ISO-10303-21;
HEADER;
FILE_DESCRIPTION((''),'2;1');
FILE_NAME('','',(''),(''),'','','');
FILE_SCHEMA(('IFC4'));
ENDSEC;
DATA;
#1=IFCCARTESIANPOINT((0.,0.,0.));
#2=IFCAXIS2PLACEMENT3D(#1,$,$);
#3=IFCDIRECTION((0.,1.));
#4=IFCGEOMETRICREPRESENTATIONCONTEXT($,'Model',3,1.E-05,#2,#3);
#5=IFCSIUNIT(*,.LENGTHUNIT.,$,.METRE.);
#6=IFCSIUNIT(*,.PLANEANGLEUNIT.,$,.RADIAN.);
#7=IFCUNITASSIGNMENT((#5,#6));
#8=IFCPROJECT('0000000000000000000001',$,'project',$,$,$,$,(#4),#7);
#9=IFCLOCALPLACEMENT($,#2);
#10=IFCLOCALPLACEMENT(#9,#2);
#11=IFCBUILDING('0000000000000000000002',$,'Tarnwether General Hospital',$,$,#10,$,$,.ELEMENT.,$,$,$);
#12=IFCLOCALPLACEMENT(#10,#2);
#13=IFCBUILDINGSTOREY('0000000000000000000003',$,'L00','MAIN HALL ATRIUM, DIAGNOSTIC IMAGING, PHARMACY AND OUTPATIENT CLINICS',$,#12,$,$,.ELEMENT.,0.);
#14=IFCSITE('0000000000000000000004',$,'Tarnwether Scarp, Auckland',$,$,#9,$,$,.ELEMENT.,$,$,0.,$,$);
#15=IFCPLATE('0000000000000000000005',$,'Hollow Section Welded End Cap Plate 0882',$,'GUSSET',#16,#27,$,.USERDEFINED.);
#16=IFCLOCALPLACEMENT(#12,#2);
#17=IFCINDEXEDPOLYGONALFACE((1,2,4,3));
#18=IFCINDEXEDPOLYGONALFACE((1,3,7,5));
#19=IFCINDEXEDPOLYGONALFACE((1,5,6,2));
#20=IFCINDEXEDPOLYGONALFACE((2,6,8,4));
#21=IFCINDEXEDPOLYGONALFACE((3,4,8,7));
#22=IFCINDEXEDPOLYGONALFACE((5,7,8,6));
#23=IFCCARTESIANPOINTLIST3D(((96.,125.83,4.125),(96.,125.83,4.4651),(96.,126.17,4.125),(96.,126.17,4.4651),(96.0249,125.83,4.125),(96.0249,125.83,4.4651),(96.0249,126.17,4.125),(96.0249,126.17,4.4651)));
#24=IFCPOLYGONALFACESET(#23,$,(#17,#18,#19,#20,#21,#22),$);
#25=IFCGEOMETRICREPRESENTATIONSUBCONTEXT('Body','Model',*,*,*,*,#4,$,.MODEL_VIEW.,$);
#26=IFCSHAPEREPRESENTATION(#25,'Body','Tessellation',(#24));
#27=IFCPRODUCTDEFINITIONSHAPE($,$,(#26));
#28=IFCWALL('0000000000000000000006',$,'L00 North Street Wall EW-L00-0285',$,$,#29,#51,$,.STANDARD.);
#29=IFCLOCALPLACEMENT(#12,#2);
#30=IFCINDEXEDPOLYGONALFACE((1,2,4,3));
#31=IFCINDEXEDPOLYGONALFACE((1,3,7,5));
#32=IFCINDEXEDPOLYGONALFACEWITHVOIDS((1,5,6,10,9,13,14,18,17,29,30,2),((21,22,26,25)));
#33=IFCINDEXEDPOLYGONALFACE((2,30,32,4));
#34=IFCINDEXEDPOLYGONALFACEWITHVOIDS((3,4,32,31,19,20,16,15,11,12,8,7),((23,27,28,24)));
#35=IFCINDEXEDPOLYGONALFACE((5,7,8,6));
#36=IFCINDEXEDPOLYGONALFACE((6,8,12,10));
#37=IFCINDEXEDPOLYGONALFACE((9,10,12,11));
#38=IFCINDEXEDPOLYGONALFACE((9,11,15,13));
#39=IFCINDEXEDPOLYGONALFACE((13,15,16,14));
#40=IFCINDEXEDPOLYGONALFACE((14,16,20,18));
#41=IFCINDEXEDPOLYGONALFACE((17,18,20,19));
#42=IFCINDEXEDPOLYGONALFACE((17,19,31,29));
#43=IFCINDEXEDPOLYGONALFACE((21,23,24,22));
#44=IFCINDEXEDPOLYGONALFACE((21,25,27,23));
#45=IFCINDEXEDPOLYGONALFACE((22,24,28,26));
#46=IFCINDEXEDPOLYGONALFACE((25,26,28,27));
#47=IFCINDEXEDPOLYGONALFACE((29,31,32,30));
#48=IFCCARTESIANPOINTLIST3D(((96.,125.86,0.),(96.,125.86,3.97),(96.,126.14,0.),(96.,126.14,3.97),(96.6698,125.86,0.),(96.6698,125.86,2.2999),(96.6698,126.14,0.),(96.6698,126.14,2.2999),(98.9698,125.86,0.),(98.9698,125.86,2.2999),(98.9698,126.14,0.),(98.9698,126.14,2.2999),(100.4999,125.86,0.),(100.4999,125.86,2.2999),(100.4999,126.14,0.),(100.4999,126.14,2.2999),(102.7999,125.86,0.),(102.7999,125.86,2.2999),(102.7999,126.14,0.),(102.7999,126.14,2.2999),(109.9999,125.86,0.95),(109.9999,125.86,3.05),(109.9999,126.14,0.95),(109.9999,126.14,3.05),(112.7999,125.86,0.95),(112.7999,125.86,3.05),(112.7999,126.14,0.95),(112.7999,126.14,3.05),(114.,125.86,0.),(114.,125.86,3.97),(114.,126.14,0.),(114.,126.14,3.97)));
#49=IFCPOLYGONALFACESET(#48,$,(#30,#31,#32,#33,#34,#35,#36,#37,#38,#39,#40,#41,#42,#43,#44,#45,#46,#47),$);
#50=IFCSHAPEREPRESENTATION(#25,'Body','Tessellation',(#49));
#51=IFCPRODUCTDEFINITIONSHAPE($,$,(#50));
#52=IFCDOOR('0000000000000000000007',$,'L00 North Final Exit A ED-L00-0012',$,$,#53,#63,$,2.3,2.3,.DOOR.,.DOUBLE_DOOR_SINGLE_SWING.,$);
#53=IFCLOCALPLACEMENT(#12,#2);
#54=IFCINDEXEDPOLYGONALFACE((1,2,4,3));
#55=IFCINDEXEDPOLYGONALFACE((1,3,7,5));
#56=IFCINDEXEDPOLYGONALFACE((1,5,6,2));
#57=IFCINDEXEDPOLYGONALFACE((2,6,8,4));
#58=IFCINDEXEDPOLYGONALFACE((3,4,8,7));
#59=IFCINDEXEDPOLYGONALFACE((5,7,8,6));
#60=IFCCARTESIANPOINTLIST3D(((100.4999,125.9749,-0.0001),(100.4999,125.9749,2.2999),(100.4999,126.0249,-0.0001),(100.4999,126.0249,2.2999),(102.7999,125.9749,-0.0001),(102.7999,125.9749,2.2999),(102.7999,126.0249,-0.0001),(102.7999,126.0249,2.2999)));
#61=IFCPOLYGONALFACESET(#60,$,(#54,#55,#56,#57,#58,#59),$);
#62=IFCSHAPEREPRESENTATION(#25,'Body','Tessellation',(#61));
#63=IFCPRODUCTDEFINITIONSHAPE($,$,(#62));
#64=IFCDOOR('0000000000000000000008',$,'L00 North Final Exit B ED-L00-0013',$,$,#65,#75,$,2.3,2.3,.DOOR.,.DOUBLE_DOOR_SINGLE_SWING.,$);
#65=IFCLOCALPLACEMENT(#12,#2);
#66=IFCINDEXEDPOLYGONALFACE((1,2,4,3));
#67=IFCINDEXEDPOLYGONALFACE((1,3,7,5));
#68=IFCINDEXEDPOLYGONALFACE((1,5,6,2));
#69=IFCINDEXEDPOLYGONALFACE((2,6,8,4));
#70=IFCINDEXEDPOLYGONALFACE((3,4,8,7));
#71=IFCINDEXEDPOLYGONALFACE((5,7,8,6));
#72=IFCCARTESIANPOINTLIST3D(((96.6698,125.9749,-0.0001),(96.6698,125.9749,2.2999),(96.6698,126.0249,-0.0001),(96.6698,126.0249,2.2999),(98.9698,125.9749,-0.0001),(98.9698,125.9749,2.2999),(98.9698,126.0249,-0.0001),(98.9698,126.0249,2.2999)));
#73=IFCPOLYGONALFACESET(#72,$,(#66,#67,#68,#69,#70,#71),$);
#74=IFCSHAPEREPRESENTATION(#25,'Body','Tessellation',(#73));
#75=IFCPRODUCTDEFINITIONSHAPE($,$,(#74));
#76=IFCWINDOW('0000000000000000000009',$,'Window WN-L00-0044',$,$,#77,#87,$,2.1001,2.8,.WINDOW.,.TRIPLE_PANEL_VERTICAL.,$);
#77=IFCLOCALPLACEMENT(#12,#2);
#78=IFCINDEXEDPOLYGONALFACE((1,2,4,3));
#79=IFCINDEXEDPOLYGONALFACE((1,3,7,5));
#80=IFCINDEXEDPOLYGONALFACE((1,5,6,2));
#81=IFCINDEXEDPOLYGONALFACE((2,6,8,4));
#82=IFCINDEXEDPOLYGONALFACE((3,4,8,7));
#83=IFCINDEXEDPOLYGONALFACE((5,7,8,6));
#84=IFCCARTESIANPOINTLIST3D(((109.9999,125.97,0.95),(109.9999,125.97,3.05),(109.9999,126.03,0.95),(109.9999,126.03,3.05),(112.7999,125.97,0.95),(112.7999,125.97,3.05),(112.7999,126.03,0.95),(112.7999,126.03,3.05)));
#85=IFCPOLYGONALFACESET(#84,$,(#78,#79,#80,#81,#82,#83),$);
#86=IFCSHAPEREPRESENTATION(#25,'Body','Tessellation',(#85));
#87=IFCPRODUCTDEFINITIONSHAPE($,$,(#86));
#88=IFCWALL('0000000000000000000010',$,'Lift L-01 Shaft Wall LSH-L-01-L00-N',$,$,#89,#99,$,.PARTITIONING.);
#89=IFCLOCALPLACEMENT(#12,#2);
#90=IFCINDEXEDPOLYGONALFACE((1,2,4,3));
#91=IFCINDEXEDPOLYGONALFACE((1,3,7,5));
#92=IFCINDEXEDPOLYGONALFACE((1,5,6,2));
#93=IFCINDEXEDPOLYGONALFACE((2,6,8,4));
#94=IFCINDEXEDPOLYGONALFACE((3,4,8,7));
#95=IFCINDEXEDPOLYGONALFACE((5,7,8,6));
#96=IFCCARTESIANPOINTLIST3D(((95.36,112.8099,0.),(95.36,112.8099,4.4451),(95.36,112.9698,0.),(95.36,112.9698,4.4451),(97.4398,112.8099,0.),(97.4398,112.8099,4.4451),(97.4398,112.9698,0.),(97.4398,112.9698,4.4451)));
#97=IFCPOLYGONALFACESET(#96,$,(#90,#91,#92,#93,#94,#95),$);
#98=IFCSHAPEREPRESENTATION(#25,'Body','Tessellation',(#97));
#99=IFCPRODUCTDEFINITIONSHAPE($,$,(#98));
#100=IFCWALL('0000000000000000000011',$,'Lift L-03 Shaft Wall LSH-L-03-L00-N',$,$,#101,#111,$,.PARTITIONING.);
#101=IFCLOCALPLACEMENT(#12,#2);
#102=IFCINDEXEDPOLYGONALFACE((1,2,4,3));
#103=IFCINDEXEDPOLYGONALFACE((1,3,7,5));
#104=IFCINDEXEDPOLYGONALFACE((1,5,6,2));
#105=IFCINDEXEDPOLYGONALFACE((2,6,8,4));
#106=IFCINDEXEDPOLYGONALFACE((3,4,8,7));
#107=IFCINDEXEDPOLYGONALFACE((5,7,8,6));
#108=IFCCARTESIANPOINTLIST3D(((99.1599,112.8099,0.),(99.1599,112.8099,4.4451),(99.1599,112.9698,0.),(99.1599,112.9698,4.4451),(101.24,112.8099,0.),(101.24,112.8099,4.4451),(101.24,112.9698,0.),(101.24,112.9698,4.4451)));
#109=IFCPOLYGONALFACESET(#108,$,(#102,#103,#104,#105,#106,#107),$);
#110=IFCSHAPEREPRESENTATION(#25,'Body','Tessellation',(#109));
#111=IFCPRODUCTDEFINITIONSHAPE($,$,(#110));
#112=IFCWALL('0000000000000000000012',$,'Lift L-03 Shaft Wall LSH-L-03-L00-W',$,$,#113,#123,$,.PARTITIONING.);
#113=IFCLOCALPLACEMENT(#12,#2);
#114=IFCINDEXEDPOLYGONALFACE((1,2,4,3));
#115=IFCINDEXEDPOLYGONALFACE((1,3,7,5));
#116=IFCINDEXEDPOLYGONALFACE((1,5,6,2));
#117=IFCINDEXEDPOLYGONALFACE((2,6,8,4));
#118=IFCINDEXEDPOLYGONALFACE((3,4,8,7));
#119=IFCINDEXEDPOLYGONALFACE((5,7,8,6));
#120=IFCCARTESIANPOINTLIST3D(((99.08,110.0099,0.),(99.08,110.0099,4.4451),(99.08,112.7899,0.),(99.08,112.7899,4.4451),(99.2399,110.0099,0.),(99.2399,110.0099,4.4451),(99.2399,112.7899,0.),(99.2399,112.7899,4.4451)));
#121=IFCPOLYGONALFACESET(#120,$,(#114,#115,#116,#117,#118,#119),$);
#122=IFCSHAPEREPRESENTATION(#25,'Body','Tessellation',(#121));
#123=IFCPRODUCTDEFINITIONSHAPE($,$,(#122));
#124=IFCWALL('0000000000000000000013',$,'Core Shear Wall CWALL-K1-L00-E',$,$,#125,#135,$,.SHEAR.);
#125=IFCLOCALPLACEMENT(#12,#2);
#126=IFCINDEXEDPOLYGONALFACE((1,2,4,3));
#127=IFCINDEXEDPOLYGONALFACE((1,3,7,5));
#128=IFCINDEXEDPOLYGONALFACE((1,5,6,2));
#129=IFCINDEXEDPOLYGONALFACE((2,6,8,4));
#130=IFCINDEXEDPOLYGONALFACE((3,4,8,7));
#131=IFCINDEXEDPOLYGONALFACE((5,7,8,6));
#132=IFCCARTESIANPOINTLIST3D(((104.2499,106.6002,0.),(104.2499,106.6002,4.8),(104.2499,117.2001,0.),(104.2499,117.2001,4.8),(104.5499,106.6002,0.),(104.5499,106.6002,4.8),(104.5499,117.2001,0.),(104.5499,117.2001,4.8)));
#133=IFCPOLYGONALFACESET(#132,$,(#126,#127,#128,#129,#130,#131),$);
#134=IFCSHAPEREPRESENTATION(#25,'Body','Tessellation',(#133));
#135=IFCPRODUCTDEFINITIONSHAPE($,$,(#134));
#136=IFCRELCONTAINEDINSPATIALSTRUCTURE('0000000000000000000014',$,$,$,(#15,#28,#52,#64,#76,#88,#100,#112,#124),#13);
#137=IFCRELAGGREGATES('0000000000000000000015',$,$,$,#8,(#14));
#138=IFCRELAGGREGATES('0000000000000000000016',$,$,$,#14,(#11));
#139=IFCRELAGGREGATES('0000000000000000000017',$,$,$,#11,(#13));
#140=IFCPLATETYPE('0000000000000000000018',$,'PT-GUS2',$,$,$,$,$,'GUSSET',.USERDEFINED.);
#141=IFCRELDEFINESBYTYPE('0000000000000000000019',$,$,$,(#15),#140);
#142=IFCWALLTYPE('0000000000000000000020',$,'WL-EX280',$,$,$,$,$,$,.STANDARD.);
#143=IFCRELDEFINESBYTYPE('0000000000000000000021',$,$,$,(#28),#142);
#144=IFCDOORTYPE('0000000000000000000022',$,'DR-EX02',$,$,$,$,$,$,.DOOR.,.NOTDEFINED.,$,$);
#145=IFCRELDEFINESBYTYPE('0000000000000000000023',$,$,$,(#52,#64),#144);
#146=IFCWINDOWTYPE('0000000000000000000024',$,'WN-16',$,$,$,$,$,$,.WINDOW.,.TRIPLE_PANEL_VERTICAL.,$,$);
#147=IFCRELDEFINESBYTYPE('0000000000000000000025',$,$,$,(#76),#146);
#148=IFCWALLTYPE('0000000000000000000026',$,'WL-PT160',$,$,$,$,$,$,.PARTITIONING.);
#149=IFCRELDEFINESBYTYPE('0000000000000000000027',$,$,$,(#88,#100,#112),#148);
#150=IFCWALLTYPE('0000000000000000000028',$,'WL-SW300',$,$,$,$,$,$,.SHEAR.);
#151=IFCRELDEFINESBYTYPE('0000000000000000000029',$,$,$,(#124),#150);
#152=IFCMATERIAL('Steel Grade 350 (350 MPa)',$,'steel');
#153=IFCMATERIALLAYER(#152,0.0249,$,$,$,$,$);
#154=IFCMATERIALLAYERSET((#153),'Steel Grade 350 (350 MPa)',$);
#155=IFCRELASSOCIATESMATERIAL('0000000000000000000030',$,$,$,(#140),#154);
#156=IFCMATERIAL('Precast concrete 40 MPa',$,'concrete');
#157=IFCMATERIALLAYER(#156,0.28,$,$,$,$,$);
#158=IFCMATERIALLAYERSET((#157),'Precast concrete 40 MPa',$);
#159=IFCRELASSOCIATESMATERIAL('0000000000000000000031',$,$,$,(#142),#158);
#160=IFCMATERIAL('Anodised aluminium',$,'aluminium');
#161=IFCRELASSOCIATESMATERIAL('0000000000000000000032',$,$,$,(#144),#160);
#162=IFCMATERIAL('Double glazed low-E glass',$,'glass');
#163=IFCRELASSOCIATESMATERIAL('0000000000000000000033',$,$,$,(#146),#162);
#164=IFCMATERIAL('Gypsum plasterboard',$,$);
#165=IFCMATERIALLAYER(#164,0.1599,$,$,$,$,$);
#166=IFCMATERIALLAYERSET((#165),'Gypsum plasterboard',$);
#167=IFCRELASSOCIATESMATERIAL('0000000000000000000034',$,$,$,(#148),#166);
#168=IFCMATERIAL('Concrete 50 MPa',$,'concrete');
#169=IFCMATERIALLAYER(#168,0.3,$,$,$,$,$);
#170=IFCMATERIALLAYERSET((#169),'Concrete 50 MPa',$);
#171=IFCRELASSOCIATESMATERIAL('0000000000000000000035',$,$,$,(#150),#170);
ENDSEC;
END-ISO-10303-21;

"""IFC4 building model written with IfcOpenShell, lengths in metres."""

from ifc_helpers import new_model, si_unit, direction, frame, frame_2d, origin, origin_2d, place, context, subcontext, project, spatial, rectangle, extrude, material, layer, layer_set, type_object, element, fill, save


model = new_model("IFC4")

# Units and contexts
model_context = context("Model", 3, precision=1e-05, world=origin(), true_north=direction((0.0, 1.0)))
body_context = subcontext(model_context, "Body", "Model", "MODEL_VIEW")
ifc_project = project(units=[si_unit("LENGTHUNIT", "METRE"), si_unit("PLANEANGLEUNIT", "RADIAN")], contexts=[model_context])

# Site, building, storey
site_placement = place(None, origin())
site = spatial("IfcSite", under=ifc_project, at=site_placement, Name="Tarnwether Scarp, Auckland", CompositionType="ELEMENT", RefElevation=0.0)
building_placement = place(site_placement, origin())
building = spatial("IfcBuilding", under=site, at=building_placement, Name="Tarnwether General Hospital", CompositionType="ELEMENT")
storey_placement = place(building_placement, origin())
storey = spatial("IfcBuildingStorey", under=building, at=storey_placement, Name="L00", Description="MAIN HALL ATRIUM, DIAGNOSTIC IMAGING, PHARMACY AND OUTPATIENT CLINICS", CompositionType="ELEMENT", Elevation=0.0)

# Plate
ifc_material_1 = material(Name="Steel Grade 350 (350 MPa)", Category="steel")
ifc_layer_1 = layer(ifc_material_1, 0.0249)
ifc_layer_set_1 = layer_set([ifc_layer_1], Name="Steel Grade 350 (350 MPa)")
plate_type = type_object("IfcPlateType", Name="PT-GUS2", ElementType="GUSSET", PredefinedType="USERDEFINED", material=ifc_layer_set_1)
plate_placement = place(storey_placement, frame((96.0125, 126.0, 4.125), z_axis=(0.0, 0.0, 1.0), x_axis=(1.0, 0.0, 0.0)))
element("IfcPlate", 1, at=plate_placement, inside=storey, type_object=plate_type, Name="Hollow Section Welded End Cap Plate 0882", ObjectType="GUSSET", PredefinedType="USERDEFINED", context=body_context, shape_type="SweptSolid", body=[
    extrude(rectangle(XDim=0.0249, YDim=0.3401, at=origin_2d()), origin(), (0.0, 0.0, 1.0), 0.3401),
])

# Wall, openings, doors, window
ifc_material_2 = material(Name="Precast concrete 40 MPa", Category="concrete")
ifc_layer_2 = layer(ifc_material_2, 0.28)
ifc_layer_set_2 = layer_set([ifc_layer_2], Name="Precast concrete 40 MPa")
wall_type_1 = type_object("IfcWallType", Name="WL-EX280", PredefinedType="STANDARD", material=ifc_layer_set_2)
wall_1_placement = place(storey_placement, frame((96.0, 126.0, 0.0), z_axis=(0.0, 0.0, 1.0), x_axis=(1.0, 0.0, 0.0)))
wall_1 = element("IfcWall", 2, at=wall_1_placement, inside=storey, type_object=wall_type_1, Name="L00 North Street Wall EW-L00-0285", PredefinedType="STANDARD", context=body_context, shape_type="SweptSolid", body=[
    extrude(rectangle(XDim=18.0, YDim=0.28, at=frame_2d((9.0, 0.0))), origin(), (0.0, 0.0, 1.0), 3.97),
])
opening_1_placement = place(wall_1_placement, frame((4.5, 0.0, 0.0)))
opening_1 = element("IfcOpeningElement", 3, at=opening_1_placement, cuts=wall_1, PredefinedType="OPENING", context=body_context, shape_type="SweptSolid", body=[
    extrude(rectangle(XDim=2.3, YDim=2.3, at=frame_2d((1.1499, 1.1499))), frame((0.0, 0.1499, 0.0), z_axis=(0.0, -1.0, 0.0), x_axis=(1.0, 0.0, 0.0)), (0.0, 0.0, 1.0), 0.3),
])
opening_2_placement = place(wall_1_placement, frame((0.6699, 0.0, 0.0)))
opening_2 = element("IfcOpeningElement", 4, at=opening_2_placement, cuts=wall_1, PredefinedType="OPENING", context=body_context, shape_type="SweptSolid", body=[
    extrude(rectangle(XDim=2.3, YDim=2.3, at=frame_2d((1.1499, 1.1499))), frame((0.0, 0.1499, 0.0), z_axis=(0.0, -1.0, 0.0), x_axis=(1.0, 0.0, 0.0)), (0.0, 0.0, 1.0), 0.3),
])
opening_3_placement = place(wall_1_placement, frame((14.0, 0.0, 0.95)))
opening_3 = element("IfcOpeningElement", 5, at=opening_3_placement, cuts=wall_1, PredefinedType="OPENING", context=body_context, shape_type="SweptSolid", body=[
    extrude(rectangle(XDim=2.8, YDim=2.1001, at=frame_2d((1.3999, 1.05))), frame((0.0, 0.1499, 0.0), z_axis=(0.0, -1.0, 0.0), x_axis=(1.0, 0.0, 0.0)), (0.0, 0.0, 1.0), 0.3),
])
ifc_material_3 = material(Name="Anodised aluminium", Category="aluminium")
door_type = type_object("IfcDoorType", Name="DR-EX02", OperationType="NOTDEFINED", PredefinedType="DOOR", material=ifc_material_3)
door_1_placement = place(opening_1_placement, origin())
door_1 = element("IfcDoor", 6, at=door_1_placement, inside=storey, type_object=door_type, Name="L00 North Final Exit A ED-L00-0012", OperationType="DOUBLE_DOOR_SINGLE_SWING", OverallHeight=2.3, OverallWidth=2.3, PredefinedType="DOOR", context=body_context, shape_type="SweptSolid", body=[
    extrude(rectangle(XDim=2.3, YDim=2.3, at=frame_2d((1.1499, 1.1499))), frame((0.0, 0.0249, 0.0), z_axis=(0.0, -1.0, 0.0), x_axis=(1.0, 0.0, 0.0)), (0.0, 0.0, 1.0), 0.05),
])
fill(opening_1, door_1)
door_2_placement = place(opening_2_placement, origin())
door_2 = element("IfcDoor", 7, at=door_2_placement, inside=storey, type_object=door_type, Name="L00 North Final Exit B ED-L00-0013", OperationType="DOUBLE_DOOR_SINGLE_SWING", OverallHeight=2.3, OverallWidth=2.3, PredefinedType="DOOR", context=body_context, shape_type="SweptSolid", body=[
    extrude(rectangle(XDim=2.3, YDim=2.3, at=frame_2d((1.1499, 1.1499))), frame((0.0, 0.0249, 0.0), z_axis=(0.0, -1.0, 0.0), x_axis=(1.0, 0.0, 0.0)), (0.0, 0.0, 1.0), 0.05),
])
fill(opening_2, door_2)
ifc_material_4 = material(Name="Double glazed low-E glass", Category="glass")
window_type = type_object("IfcWindowType", Name="WN-16", PartitioningType="TRIPLE_PANEL_VERTICAL", PredefinedType="WINDOW", material=ifc_material_4)
window_placement = place(opening_3_placement, origin())
window = element("IfcWindow", 8, at=window_placement, inside=storey, type_object=window_type, Name="Window WN-L00-0044", OverallHeight=2.1001, OverallWidth=2.8, PartitioningType="TRIPLE_PANEL_VERTICAL", PredefinedType="WINDOW", context=body_context, shape_type="SweptSolid", body=[
    extrude(rectangle(XDim=2.8, YDim=2.1001, at=frame_2d((1.3999, 1.05))), frame((0.0, 0.03, 0.0), z_axis=(0.0, -1.0, 0.0), x_axis=(1.0, 0.0, 0.0)), (0.0, 0.0, 1.0), 0.0601),
])
fill(opening_3, window)

# Walls
ifc_material_5 = material(Name="Gypsum plasterboard")
ifc_layer_3 = layer(ifc_material_5, 0.1599)
ifc_layer_set_3 = layer_set([ifc_layer_3], Name="Gypsum plasterboard")
wall_type_2 = type_object("IfcWallType", Name="WL-PT160", PredefinedType="PARTITIONING", material=ifc_layer_set_3)
wall_2_placement = place(storey_placement, frame((97.4399, 112.8899, 0.0), z_axis=(0.0, 0.0, 1.0), x_axis=(-1.0, 0.0, 0.0)))
element("IfcWall", 9, at=wall_2_placement, inside=storey, type_object=wall_type_2, Name="Lift L-01 Shaft Wall LSH-L-01-L00-N", PredefinedType="PARTITIONING", context=body_context, shape_type="SweptSolid", body=[
    extrude(rectangle(XDim=2.0798, YDim=0.1599, at=frame_2d((1.04, 0.0))), origin(), (0.0, 0.0, 1.0), 4.4451),
])
wall_3_placement = place(storey_placement, frame((101.24, 112.8899, 0.0), z_axis=(0.0, 0.0, 1.0), x_axis=(-1.0, 0.0, 0.0)))
element("IfcWall", 10, at=wall_3_placement, inside=storey, type_object=wall_type_2, Name="Lift L-03 Shaft Wall LSH-L-03-L00-N", PredefinedType="PARTITIONING", context=body_context, shape_type="SweptSolid", body=[
    extrude(rectangle(XDim=2.0801, YDim=0.1599, at=frame_2d((1.04, 0.0))), origin(), (0.0, 0.0, 1.0), 4.4451),
])
wall_4_placement = place(storey_placement, frame((99.1599, 112.79, 0.0), z_axis=(0.0, 0.0, 1.0), x_axis=(0.0, -1.0, 0.0)))
element("IfcWall", 11, at=wall_4_placement, inside=storey, type_object=wall_type_2, Name="Lift L-03 Shaft Wall LSH-L-03-L00-W", PredefinedType="PARTITIONING", context=body_context, shape_type="SweptSolid", body=[
    extrude(rectangle(XDim=2.78, YDim=0.1599, at=frame_2d((1.3901, 0.0))), origin(), (0.0, 0.0, 1.0), 4.4451),
])
ifc_material_6 = material(Name="Concrete 50 MPa", Category="concrete")
ifc_layer_4 = layer(ifc_material_6, 0.3)
ifc_layer_set_4 = layer_set([ifc_layer_4], Name="Concrete 50 MPa")
wall_type_3 = type_object("IfcWallType", Name="WL-SW300", PredefinedType="SHEAR", material=ifc_layer_set_4)
wall_5_placement = place(storey_placement, frame((104.3999, 117.2, 0.0), z_axis=(0.0, 0.0, 1.0), x_axis=(0.0, -1.0, 0.0)))
element("IfcWall", 12, at=wall_5_placement, inside=storey, type_object=wall_type_3, Name="Core Shear Wall CWALL-K1-L00-E", PredefinedType="SHEAR", context=body_context, shape_type="SweptSolid", body=[
    extrude(rectangle(XDim=10.5999, YDim=0.3, at=frame_2d((5.2998, 0.0))), origin(), (0.0, 0.0, 1.0), 4.8),
])

save(model, "model.ifc")
